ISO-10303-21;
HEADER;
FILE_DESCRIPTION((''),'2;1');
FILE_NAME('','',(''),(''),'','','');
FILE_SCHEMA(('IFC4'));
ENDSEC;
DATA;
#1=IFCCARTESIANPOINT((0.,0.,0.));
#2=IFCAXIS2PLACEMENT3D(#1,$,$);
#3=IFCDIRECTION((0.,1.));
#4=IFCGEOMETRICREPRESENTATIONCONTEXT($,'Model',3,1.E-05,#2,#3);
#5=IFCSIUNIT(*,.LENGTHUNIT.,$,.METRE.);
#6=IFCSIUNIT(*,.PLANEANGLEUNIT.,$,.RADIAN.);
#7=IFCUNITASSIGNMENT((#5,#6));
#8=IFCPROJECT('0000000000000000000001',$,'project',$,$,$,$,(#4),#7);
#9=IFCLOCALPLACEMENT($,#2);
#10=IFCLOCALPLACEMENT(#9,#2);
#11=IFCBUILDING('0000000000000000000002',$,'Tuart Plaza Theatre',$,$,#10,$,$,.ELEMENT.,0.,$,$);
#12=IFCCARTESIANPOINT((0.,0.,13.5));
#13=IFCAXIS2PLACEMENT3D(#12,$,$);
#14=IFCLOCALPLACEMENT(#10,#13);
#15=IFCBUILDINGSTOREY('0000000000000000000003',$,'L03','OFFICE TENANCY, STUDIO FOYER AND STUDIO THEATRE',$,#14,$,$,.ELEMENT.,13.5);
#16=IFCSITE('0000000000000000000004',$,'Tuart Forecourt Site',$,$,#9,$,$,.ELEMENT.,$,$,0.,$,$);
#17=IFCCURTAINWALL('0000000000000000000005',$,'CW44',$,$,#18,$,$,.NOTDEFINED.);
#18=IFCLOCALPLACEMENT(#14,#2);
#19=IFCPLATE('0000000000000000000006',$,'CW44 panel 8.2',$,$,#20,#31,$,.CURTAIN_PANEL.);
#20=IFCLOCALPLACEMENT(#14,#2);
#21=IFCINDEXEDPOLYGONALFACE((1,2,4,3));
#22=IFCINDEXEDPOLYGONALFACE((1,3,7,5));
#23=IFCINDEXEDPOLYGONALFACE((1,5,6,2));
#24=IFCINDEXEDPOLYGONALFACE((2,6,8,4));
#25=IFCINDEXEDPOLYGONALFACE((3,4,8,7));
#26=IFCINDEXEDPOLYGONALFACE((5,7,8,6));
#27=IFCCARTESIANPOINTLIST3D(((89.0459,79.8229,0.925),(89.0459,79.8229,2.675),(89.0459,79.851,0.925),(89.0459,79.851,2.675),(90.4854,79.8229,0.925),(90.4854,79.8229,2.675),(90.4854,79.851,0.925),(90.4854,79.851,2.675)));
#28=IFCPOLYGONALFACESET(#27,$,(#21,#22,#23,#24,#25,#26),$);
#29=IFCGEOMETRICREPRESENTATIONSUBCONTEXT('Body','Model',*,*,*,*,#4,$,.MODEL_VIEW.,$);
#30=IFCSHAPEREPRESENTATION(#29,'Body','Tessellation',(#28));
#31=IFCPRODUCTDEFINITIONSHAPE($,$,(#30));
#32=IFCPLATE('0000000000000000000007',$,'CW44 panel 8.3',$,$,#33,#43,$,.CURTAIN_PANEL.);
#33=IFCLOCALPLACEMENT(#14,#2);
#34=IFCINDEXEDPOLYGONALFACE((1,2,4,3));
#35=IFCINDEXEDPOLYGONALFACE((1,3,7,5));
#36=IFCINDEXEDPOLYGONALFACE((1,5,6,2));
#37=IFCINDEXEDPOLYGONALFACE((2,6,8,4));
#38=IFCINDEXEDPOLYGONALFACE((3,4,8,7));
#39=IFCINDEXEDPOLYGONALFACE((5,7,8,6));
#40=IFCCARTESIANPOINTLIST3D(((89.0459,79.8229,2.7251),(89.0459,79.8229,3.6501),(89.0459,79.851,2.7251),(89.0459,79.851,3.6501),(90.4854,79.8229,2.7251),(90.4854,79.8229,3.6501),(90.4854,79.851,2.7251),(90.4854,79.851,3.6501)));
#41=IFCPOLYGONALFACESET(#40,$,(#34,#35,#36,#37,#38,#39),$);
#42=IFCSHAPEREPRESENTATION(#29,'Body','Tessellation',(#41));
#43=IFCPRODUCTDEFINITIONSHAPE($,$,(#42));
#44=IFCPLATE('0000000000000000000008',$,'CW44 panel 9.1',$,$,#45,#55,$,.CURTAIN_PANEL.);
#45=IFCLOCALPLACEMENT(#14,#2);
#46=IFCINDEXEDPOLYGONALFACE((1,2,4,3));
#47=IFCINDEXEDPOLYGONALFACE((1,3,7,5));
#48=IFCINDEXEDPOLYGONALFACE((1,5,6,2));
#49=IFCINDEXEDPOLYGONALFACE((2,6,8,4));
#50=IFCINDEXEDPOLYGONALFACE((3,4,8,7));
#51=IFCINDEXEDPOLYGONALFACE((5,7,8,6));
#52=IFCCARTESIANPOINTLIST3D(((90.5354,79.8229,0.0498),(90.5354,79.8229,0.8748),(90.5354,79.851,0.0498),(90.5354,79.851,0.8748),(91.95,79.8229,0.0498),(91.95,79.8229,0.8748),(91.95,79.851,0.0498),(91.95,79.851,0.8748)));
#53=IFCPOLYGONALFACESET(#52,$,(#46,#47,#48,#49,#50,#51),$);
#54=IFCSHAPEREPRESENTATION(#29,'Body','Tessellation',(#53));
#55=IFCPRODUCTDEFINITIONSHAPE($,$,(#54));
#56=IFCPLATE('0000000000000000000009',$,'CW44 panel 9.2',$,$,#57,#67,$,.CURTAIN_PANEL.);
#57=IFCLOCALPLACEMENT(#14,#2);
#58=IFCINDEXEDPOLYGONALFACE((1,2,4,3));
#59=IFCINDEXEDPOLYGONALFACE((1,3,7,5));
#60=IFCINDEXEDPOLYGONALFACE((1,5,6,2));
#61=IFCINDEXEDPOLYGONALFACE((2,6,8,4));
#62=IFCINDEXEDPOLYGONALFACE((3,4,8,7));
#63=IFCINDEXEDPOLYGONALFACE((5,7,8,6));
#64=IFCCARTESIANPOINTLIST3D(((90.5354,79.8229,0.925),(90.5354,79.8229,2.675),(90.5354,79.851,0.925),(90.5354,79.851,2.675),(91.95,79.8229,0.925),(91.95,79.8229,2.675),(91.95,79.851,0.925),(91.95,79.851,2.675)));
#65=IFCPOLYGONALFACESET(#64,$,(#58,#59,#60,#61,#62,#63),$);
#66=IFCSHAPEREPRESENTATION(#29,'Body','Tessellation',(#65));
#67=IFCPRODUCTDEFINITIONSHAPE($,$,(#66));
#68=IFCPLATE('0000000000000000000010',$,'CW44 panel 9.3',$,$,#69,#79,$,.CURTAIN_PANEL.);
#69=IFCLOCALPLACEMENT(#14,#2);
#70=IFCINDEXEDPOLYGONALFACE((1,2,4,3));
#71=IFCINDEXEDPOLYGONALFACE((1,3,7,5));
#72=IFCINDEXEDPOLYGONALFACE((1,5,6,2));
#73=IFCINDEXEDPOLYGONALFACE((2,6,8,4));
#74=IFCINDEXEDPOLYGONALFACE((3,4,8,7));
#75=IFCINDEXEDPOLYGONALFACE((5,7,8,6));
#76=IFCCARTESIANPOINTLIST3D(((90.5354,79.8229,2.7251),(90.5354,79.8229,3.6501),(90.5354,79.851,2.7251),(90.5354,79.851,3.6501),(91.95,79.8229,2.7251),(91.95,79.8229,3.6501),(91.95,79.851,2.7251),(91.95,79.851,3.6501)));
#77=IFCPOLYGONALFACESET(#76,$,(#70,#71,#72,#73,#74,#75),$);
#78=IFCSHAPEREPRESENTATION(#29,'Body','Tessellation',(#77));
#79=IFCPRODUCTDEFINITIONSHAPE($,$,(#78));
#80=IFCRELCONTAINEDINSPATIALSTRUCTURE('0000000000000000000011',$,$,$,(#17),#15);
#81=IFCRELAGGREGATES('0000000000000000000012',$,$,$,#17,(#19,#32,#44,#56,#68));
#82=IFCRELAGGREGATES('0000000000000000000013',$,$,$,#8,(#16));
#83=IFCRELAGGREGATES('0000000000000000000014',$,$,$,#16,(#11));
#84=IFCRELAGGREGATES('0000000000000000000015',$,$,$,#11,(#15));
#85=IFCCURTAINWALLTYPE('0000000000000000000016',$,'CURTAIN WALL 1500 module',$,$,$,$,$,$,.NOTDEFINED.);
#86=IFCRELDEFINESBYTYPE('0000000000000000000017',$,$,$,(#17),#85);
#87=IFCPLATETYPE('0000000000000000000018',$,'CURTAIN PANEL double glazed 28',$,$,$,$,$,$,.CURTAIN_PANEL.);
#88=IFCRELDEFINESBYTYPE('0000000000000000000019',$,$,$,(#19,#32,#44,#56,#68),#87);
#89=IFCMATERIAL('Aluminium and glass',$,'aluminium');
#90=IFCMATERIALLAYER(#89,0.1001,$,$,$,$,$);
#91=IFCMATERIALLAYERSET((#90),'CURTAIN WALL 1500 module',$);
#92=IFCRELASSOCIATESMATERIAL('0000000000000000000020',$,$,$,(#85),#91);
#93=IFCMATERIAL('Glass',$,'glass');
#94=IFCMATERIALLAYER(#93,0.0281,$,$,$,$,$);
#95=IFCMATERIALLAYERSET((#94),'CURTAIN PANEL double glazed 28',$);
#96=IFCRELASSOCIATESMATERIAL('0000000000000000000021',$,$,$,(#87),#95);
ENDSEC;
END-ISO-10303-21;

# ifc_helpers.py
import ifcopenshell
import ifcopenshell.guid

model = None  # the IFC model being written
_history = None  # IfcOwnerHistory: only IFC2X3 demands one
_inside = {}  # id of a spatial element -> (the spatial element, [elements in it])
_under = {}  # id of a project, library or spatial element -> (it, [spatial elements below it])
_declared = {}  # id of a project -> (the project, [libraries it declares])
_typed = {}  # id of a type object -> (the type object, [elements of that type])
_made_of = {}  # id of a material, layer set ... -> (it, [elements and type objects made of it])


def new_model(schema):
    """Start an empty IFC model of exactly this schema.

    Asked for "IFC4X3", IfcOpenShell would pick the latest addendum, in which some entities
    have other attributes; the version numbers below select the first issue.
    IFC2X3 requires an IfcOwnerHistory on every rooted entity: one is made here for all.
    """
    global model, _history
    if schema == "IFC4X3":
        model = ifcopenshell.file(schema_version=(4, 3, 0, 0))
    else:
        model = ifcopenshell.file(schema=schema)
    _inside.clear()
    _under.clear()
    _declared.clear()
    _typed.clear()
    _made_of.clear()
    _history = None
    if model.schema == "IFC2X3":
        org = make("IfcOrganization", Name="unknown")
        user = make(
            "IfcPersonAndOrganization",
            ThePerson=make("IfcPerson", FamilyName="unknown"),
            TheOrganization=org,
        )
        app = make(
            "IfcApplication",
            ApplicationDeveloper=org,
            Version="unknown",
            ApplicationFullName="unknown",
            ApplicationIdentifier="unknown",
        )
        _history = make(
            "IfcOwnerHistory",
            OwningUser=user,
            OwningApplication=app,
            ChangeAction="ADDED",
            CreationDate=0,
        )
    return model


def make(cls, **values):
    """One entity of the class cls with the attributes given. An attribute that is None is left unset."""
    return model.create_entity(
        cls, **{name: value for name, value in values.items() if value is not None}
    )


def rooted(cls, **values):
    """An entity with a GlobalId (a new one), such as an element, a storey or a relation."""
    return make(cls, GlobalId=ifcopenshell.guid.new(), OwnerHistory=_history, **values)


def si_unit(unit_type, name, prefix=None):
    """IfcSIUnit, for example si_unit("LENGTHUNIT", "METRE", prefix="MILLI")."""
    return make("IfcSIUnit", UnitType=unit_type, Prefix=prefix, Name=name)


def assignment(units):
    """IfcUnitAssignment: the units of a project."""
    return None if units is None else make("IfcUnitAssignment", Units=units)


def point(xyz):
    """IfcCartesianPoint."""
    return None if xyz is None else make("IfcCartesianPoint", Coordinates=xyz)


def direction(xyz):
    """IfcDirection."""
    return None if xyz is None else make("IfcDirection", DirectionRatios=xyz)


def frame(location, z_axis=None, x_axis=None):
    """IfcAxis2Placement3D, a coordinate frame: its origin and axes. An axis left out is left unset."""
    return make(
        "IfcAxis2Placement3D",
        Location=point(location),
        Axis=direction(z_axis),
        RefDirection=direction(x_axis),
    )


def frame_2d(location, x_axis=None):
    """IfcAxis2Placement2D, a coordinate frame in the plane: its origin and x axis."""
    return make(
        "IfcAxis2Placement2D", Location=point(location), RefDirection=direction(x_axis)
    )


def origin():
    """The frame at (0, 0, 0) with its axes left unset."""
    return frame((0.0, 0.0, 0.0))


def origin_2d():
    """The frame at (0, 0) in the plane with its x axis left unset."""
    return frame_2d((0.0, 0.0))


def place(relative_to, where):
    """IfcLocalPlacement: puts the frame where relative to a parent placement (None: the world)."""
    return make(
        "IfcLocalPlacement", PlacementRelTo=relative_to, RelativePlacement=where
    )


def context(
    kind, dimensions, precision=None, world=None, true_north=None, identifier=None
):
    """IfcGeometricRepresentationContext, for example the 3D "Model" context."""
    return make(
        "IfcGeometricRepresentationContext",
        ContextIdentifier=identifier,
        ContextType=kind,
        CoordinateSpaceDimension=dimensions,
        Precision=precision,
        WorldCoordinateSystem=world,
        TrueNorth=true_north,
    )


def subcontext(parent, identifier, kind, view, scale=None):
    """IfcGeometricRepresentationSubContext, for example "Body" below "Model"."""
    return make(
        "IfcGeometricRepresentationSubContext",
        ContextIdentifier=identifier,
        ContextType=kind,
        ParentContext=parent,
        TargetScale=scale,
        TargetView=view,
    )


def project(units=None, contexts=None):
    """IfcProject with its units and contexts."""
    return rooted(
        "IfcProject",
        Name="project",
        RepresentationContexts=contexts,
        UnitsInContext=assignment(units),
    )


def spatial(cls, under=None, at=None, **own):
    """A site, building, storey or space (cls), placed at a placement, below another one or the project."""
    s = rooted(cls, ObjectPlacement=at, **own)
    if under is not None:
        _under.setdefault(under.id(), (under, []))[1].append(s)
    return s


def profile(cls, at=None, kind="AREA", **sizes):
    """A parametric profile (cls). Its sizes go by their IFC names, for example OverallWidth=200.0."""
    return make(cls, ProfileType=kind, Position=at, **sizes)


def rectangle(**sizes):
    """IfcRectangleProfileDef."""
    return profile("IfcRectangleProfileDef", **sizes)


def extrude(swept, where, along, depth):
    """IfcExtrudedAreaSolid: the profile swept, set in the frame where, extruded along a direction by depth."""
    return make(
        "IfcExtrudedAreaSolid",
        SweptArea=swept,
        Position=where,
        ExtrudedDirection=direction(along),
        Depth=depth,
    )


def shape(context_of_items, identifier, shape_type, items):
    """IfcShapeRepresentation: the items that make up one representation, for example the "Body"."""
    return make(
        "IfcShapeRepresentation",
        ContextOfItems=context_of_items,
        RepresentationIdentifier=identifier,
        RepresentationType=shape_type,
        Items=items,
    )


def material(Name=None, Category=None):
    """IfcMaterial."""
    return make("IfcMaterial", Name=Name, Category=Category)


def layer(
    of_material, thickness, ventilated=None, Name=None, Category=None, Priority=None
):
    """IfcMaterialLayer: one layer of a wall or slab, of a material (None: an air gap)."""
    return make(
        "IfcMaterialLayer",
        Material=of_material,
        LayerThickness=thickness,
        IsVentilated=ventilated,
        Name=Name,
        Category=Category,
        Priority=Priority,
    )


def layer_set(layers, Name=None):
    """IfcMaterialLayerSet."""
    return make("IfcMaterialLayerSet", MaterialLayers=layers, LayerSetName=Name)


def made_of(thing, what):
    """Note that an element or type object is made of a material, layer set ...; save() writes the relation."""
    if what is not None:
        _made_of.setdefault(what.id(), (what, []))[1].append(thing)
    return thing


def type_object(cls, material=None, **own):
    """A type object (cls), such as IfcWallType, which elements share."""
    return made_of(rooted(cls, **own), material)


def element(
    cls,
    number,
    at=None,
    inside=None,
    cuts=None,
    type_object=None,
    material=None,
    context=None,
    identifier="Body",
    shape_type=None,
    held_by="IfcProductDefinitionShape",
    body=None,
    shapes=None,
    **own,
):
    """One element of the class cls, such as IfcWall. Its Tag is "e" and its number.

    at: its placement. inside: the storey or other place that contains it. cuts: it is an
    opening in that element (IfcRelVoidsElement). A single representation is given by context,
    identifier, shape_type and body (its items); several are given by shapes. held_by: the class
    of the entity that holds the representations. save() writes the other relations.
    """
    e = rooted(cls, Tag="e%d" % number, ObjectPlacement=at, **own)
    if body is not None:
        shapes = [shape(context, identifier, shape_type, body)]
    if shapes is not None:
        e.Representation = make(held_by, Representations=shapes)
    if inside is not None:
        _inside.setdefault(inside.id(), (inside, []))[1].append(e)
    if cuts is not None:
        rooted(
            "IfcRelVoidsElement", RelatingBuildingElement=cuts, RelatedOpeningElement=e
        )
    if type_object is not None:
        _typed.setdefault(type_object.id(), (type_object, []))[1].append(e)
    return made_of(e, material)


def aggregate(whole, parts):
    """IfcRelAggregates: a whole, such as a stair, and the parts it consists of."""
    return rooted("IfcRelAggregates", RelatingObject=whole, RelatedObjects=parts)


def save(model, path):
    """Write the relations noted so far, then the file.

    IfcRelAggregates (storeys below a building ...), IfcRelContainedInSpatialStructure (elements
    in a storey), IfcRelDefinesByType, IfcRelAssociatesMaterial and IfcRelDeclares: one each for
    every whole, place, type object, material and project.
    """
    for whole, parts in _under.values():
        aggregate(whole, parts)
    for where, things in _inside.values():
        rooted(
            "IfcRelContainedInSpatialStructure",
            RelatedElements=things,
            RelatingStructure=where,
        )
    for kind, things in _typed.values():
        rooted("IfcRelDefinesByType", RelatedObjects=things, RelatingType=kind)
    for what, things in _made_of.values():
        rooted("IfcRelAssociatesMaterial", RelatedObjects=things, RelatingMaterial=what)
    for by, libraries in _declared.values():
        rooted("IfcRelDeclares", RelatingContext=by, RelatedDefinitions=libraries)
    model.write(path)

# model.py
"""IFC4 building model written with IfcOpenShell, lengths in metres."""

from ifc_helpers import new_model, si_unit, direction, frame, origin, origin_2d, place, context, subcontext, project, spatial, rectangle, extrude, material, layer, layer_set, type_object, element, aggregate, save


model = new_model("IFC4")

# Units and contexts
model_context = context("Model", 3, precision=1e-05, world=origin(), true_north=direction((0.0, 1.0)))
body_context = subcontext(model_context, "Body", "Model", "MODEL_VIEW")
ifc_project = project(units=[si_unit("LENGTHUNIT", "METRE"), si_unit("PLANEANGLEUNIT", "RADIAN")], contexts=[model_context])

# Site, building, storey
site_placement = place(None, origin())
site = spatial("IfcSite", under=ifc_project, at=site_placement, Name="Tuart Forecourt Site", CompositionType="ELEMENT", RefElevation=0.0)
building_placement = place(site_placement, origin())
building = spatial("IfcBuilding", under=site, at=building_placement, Name="Tuart Plaza Theatre", CompositionType="ELEMENT", ElevationOfRefHeight=0.0)
storey_placement = place(building_placement, frame((0.0, 0.0, 13.5)))
storey = spatial("IfcBuildingStorey", under=building, at=storey_placement, Name="L03", Description="OFFICE TENANCY, STUDIO FOYER AND STUDIO THEATRE", CompositionType="ELEMENT", Elevation=13.5)

# Curtain wall, plates
ifc_material_1 = material(Name="Aluminium and glass", Category="aluminium")
ifc_layer_1 = layer(ifc_material_1, 0.1001)
ifc_layer_set_1 = layer_set([ifc_layer_1], Name="CURTAIN WALL 1500 module")
curtain_wall_type = type_object("IfcCurtainWallType", Name="CURTAIN WALL 1500 module", PredefinedType="NOTDEFINED", material=ifc_layer_set_1)
curtain_wall_placement = place(storey_placement, origin())
curtain_wall = element("IfcCurtainWall", 1, at=curtain_wall_placement, inside=storey, type_object=curtain_wall_type, Name="CW44", PredefinedType="NOTDEFINED")
ifc_material_2 = material(Name="Glass", Category="glass")
ifc_layer_2 = layer(ifc_material_2, 0.0281)
ifc_layer_set_2 = layer_set([ifc_layer_2], Name="CURTAIN PANEL double glazed 28")
plate_type = type_object("IfcPlateType", Name="CURTAIN PANEL double glazed 28", PredefinedType="CURTAIN_PANEL", material=ifc_layer_set_2)
plate_1_placement = place(storey_placement, frame((89.7656, 79.8369, 0.925), z_axis=(0.0, 0.0, 1.0), x_axis=(1.0, 0.0, 0.0)))
plate_1 = element("IfcPlate", 2, at=plate_1_placement, type_object=plate_type, Name="CW44 panel 8.2", PredefinedType="CURTAIN_PANEL", context=body_context, shape_type="SweptSolid", body=[
    extrude(rectangle(XDim=1.4395, YDim=0.0281, at=origin_2d()), origin(), (0.0, 0.0, 1.0), 1.75),
])
plate_2_placement = place(storey_placement, frame((89.7656, 79.8369, 2.7251), z_axis=(0.0, 0.0, 1.0), x_axis=(1.0, 0.0, 0.0)))
plate_2 = element("IfcPlate", 3, at=plate_2_placement, type_object=plate_type, Name="CW44 panel 8.3", PredefinedType="CURTAIN_PANEL", context=body_context, shape_type="SweptSolid", body=[
    extrude(rectangle(XDim=1.4395, YDim=0.0281, at=origin_2d()), origin(), (0.0, 0.0, 1.0), 0.925),
])
plate_3_placement = place(storey_placement, frame((91.2427, 79.8369, 0.0498), z_axis=(0.0, 0.0, 1.0), x_axis=(1.0, 0.0, 0.0)))
plate_3 = element("IfcPlate", 4, at=plate_3_placement, type_object=plate_type, Name="CW44 panel 9.1", PredefinedType="CURTAIN_PANEL", context=body_context, shape_type="SweptSolid", body=[
    extrude(rectangle(XDim=1.4146, YDim=0.0281, at=origin_2d()), origin(), (0.0, 0.0, 1.0), 0.825),
])
plate_4_placement = place(storey_placement, frame((91.2427, 79.8369, 0.925), z_axis=(0.0, 0.0, 1.0), x_axis=(1.0, 0.0, 0.0)))
plate_4 = element("IfcPlate", 5, at=plate_4_placement, type_object=plate_type, Name="CW44 panel 9.2", PredefinedType="CURTAIN_PANEL", context=body_context, shape_type="SweptSolid", body=[
    extrude(rectangle(XDim=1.4146, YDim=0.0281, at=origin_2d()), origin(), (0.0, 0.0, 1.0), 1.75),
])
plate_5_placement = place(storey_placement, frame((91.2427, 79.8369, 2.7251), z_axis=(0.0, 0.0, 1.0), x_axis=(1.0, 0.0, 0.0)))
plate_5 = element("IfcPlate", 6, at=plate_5_placement, type_object=plate_type, Name="CW44 panel 9.3", PredefinedType="CURTAIN_PANEL", context=body_context, shape_type="SweptSolid", body=[
    extrude(rectangle(XDim=1.4146, YDim=0.0281, at=origin_2d()), origin(), (0.0, 0.0, 1.0), 0.925),
])
aggregate(curtain_wall, [plate_1, plate_2, plate_3, plate_4, plate_5])

save(model, "model.ifc")
